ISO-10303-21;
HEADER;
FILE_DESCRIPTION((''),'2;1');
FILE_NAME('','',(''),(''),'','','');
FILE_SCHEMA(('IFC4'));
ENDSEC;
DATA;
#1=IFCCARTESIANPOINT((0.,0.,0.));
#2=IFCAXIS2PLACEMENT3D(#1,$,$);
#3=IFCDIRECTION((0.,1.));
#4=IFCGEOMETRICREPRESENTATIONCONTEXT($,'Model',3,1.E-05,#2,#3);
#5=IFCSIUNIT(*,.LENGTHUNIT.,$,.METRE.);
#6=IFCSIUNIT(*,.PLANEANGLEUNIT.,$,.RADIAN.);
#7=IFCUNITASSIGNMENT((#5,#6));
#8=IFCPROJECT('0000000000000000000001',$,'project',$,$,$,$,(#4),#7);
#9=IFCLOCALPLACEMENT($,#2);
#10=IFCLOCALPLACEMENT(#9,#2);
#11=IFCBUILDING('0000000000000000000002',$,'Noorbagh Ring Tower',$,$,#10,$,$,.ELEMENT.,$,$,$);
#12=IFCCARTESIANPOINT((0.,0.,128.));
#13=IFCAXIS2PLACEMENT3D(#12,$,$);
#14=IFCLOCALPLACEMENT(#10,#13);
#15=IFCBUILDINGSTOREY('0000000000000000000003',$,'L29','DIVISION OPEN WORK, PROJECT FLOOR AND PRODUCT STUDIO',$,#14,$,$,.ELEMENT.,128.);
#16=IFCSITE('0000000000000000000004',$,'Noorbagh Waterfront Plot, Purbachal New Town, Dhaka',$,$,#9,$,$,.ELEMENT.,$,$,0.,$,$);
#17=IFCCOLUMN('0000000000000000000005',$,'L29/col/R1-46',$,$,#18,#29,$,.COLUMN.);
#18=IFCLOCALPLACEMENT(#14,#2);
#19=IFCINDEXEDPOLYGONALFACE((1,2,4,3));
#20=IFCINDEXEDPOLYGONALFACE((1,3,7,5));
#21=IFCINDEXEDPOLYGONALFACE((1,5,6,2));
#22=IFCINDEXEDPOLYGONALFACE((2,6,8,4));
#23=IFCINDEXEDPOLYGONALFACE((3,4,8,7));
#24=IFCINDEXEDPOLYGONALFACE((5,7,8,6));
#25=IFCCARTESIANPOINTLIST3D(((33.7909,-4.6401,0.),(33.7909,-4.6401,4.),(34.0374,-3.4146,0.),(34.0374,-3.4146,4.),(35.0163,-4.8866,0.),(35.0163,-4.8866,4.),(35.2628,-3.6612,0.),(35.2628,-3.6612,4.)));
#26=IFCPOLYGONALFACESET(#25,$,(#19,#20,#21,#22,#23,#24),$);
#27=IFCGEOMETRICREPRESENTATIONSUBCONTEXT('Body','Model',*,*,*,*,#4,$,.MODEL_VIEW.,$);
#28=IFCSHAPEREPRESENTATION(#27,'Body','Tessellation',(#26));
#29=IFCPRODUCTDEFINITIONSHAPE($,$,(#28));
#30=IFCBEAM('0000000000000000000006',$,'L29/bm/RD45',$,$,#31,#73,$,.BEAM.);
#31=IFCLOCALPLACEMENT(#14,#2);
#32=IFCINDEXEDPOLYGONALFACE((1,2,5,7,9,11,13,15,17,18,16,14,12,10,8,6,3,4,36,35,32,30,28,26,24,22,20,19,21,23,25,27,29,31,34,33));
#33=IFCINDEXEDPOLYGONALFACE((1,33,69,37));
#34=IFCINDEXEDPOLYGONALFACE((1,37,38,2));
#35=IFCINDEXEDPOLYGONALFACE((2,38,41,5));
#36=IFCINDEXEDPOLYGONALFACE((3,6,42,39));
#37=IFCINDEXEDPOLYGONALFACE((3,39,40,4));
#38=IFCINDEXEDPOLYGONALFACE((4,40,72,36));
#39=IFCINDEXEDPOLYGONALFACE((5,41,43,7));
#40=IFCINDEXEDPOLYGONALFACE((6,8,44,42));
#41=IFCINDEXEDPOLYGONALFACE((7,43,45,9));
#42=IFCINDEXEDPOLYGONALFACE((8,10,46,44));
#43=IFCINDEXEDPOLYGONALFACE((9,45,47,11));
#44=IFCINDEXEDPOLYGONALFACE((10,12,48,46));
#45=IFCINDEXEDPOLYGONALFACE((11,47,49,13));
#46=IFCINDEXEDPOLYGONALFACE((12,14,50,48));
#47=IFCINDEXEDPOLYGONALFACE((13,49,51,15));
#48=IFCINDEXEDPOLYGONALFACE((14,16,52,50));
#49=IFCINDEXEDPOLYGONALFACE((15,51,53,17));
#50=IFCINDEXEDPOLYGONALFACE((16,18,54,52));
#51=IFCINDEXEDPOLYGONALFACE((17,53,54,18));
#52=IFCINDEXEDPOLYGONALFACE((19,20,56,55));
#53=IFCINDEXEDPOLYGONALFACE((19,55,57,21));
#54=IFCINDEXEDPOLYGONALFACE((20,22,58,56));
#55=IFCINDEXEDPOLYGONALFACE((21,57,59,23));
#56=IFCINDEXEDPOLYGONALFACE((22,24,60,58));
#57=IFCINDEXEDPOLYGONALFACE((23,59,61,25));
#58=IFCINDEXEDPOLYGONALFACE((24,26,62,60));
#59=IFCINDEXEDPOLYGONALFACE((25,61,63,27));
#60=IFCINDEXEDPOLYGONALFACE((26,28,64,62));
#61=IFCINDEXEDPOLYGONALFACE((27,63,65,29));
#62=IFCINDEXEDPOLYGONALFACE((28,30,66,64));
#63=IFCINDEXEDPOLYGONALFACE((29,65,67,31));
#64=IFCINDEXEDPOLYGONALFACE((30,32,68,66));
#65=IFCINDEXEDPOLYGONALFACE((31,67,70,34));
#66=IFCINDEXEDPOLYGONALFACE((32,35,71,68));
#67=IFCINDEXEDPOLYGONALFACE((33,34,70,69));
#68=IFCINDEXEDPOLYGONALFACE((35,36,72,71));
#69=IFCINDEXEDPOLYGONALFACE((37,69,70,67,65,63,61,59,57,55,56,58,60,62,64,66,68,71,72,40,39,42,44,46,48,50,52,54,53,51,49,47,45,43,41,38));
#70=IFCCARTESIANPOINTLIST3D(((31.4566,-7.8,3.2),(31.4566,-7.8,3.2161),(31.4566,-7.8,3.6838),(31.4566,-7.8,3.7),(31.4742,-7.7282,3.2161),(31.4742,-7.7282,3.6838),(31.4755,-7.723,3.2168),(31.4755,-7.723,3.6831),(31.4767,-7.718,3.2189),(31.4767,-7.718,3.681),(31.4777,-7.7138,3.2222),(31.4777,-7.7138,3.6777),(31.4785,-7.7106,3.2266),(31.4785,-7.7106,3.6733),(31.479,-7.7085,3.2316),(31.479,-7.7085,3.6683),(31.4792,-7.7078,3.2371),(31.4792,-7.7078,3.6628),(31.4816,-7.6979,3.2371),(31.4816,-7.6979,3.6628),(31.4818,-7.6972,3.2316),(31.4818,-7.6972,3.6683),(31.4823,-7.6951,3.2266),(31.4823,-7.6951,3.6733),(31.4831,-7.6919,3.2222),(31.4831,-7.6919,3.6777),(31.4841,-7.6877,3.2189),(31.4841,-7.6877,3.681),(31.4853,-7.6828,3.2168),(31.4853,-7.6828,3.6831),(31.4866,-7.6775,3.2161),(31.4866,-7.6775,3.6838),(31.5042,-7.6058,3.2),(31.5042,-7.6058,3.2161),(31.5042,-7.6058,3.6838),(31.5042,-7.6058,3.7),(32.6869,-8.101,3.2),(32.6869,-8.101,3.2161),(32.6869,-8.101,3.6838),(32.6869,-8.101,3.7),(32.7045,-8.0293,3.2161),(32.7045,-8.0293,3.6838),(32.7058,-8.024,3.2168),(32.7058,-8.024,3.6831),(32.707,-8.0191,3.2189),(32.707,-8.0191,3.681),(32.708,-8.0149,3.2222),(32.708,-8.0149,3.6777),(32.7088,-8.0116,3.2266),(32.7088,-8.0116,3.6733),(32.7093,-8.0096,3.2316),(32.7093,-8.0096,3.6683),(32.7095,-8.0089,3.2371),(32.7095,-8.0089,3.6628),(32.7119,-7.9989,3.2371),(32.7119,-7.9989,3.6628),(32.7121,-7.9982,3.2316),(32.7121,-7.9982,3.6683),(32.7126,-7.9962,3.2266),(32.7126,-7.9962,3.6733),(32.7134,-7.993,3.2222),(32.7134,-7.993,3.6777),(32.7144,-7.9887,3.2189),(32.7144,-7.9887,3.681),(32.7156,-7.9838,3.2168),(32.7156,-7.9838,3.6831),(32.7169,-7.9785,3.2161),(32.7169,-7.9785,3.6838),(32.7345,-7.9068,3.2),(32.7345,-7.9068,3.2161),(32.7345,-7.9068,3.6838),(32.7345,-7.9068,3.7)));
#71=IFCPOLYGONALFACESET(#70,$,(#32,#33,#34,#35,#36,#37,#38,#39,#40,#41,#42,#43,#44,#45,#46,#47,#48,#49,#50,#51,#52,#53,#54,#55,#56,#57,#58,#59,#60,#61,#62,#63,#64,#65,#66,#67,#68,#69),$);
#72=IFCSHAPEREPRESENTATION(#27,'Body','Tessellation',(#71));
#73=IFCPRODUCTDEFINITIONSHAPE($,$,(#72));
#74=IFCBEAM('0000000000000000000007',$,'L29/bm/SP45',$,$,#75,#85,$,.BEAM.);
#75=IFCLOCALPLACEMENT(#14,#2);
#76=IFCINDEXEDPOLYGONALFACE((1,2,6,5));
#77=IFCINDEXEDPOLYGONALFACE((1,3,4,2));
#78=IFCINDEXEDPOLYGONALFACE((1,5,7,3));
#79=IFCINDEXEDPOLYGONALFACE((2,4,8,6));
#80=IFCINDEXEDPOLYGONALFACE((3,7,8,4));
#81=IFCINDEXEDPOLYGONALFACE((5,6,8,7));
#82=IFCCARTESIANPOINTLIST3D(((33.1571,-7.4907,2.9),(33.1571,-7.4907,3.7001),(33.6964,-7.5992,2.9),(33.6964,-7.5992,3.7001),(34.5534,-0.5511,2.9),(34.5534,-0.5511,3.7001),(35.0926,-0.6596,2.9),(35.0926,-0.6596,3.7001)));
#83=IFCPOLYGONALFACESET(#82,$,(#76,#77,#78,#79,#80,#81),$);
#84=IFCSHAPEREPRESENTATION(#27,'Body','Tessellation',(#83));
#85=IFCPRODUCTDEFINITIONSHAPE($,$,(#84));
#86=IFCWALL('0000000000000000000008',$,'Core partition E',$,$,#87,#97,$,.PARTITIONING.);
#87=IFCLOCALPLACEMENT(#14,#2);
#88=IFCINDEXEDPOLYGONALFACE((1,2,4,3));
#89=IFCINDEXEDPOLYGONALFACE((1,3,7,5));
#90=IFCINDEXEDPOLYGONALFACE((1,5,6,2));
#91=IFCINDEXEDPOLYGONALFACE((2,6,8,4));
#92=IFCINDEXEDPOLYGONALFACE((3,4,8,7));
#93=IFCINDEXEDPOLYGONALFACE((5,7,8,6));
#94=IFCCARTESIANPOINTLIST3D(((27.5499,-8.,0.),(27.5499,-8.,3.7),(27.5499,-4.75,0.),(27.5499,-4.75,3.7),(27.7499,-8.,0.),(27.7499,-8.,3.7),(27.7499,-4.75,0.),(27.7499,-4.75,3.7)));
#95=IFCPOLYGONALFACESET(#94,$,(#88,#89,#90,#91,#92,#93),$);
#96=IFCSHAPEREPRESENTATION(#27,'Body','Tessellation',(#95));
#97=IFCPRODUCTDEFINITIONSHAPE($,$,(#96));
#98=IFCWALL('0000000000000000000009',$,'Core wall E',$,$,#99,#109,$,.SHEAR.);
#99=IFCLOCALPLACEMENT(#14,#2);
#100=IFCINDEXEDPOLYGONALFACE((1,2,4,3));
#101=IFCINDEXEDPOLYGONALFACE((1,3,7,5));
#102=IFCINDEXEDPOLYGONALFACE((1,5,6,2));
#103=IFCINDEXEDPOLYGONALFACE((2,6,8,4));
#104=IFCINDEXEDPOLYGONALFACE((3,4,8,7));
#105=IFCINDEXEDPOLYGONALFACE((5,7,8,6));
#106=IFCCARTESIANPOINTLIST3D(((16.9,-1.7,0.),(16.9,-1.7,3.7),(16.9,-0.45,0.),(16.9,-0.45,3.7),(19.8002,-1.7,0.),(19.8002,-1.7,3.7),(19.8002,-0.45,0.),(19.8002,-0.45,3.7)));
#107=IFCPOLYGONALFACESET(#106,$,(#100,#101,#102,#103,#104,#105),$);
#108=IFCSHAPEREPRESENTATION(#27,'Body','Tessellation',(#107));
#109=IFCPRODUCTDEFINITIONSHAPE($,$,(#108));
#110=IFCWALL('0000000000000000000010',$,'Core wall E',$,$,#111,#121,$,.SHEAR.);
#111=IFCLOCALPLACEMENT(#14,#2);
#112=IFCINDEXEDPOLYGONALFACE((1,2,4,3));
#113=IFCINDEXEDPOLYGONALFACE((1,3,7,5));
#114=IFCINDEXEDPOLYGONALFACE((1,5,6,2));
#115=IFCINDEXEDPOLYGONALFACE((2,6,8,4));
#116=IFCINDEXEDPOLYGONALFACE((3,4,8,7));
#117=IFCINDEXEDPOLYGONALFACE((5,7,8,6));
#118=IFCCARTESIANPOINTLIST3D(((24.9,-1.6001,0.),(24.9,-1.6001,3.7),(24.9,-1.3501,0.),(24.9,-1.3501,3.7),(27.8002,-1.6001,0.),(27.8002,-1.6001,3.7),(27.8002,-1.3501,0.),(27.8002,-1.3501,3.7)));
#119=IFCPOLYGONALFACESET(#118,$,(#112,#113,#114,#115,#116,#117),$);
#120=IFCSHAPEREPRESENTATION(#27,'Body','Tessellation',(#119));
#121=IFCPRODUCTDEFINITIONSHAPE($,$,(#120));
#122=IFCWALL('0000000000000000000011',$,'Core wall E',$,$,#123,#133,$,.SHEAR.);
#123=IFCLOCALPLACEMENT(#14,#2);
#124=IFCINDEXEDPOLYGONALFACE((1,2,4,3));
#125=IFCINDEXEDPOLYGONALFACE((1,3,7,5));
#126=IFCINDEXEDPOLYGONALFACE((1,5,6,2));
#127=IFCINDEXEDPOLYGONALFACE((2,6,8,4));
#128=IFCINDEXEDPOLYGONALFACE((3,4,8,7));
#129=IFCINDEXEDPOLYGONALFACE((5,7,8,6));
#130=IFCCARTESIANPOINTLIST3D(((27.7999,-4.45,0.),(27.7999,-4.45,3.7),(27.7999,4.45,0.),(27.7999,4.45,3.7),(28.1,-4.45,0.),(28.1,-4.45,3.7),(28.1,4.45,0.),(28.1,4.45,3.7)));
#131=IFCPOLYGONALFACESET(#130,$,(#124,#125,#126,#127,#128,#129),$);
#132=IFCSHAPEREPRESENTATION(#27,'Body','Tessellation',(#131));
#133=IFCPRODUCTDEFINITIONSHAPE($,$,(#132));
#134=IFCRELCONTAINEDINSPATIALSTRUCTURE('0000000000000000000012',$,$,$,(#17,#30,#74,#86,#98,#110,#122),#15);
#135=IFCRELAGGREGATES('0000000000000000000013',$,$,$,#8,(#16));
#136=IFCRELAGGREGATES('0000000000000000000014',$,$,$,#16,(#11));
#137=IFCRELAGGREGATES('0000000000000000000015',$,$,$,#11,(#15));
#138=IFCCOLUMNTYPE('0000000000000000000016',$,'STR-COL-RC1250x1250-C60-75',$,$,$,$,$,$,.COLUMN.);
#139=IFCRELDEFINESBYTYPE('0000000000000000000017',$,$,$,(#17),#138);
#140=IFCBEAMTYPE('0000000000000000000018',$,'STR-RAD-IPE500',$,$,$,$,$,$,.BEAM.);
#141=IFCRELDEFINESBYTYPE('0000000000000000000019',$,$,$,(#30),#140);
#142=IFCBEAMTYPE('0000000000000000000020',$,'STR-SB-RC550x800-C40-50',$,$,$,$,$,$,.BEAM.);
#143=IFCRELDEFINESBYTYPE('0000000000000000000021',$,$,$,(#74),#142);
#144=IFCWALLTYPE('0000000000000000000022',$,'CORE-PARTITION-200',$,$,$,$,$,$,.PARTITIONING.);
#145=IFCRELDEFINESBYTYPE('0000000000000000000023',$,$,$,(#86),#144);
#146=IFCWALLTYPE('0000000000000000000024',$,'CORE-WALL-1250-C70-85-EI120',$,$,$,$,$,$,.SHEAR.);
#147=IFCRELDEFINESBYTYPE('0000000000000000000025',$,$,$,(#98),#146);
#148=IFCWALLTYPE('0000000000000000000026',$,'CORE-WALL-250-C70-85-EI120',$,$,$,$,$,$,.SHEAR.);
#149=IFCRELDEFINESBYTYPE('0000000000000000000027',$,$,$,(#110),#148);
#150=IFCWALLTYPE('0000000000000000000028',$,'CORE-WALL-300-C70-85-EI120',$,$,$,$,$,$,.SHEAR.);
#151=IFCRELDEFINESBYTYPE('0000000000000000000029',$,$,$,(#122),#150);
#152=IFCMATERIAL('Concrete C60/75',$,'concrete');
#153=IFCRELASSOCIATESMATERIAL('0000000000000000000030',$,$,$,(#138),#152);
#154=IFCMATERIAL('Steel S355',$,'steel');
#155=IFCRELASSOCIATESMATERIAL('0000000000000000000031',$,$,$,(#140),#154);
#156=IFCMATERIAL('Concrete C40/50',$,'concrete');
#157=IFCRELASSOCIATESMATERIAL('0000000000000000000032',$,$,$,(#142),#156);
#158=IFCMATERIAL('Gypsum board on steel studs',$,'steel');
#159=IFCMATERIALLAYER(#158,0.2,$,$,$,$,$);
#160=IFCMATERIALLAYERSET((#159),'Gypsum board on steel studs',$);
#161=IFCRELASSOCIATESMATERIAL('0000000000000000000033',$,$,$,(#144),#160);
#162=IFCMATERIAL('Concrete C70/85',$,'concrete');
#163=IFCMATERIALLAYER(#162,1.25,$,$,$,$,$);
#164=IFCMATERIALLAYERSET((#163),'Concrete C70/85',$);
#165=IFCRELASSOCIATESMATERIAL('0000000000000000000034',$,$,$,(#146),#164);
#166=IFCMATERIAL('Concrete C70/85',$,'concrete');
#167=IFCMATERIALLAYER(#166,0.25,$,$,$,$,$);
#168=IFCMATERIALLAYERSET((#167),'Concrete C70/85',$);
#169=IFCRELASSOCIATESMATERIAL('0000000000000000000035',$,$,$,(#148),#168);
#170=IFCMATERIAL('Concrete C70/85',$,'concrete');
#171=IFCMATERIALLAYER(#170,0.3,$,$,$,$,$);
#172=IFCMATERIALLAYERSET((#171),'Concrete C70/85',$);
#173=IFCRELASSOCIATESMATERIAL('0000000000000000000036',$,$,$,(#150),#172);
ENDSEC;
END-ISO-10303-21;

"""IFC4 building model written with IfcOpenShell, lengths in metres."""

from ifc_helpers import new_model, si_unit, direction, frame, frame_2d, origin, origin_2d, place, context, subcontext, project, spatial, rectangle, i_section, extrude, material, layer, layer_set, material_profile, profile_set, type_object, element, save


model = new_model("IFC4")

# Units and contexts
model_context = context("Model", 3, precision=1e-05, world=origin(), true_north=direction((0.0, 1.0)))
body_context = subcontext(model_context, "Body", "Model", "MODEL_VIEW")
ifc_project = project(units=[si_unit("LENGTHUNIT", "METRE"), si_unit("PLANEANGLEUNIT", "RADIAN")], contexts=[model_context])

# Site, building, storey
site_placement = place(None, origin())
site = spatial("IfcSite", under=ifc_project, at=site_placement, Name="Noorbagh Waterfront Plot, Purbachal New Town, Dhaka", CompositionType="ELEMENT", RefElevation=0.0)
building_placement = place(site_placement, origin())
building = spatial("IfcBuilding", under=site, at=building_placement, Name="Noorbagh Ring Tower", CompositionType="ELEMENT")
storey_placement = place(building_placement, frame((0.0, 0.0, 128.0)))
storey = spatial("IfcBuildingStorey", under=building, at=storey_placement, Name="L29", Description="DIVISION OPEN WORK, PROJECT FLOOR AND PRODUCT STUDIO", CompositionType="ELEMENT", Elevation=128.0)

# Column
ifc_material_1 = material(Name="Concrete C60/75", Category="concrete")
ifc_material_profile_1 = material_profile(ifc_material_1, rectangle(XDim=1.25, YDim=1.25, at=origin_2d()), Name="RC1250x1250")
ifc_profile_set_1 = profile_set([ifc_material_profile_1], Name="Concrete C60/75")
column_type = type_object("IfcColumnType", Name="STR-COL-RC1250x1250-C60-75", PredefinedType="COLUMN", material=ifc_profile_set_1)
column_placement = place(storey_placement, frame((34.5269, -4.1506, 0.0), z_axis=(0.0, 0.0, 1.0), x_axis=(0.19723, 0.980357, 0.0)))
element("IfcColumn", 1, at=column_placement, inside=storey, type_object=column_type, Name="L29/col/R1-46", PredefinedType="COLUMN", context=body_context, shape_type="SweptSolid", body=[
    extrude(rectangle(XDim=1.25, YDim=1.25, at=origin_2d()), origin(), (0.0, 0.0, 1.0), 4.0),
])

# Beams
ifc_material_2 = material(Name="Steel S355", Category="steel")
ifc_material_profile_2 = material_profile(ifc_material_2, i_section(OverallWidth=0.2, OverallDepth=0.5, WebThickness=0.0103, FlangeThickness=0.0161, FilletRadius=0.021, at=origin_2d()), Name="IPE500")
ifc_profile_set_2 = profile_set([ifc_material_profile_2], Name="Steel S355")
beam_type_1 = type_object("IfcBeamType", Name="STR-RAD-IPE500", PredefinedType="BEAM", material=ifc_profile_set_2)
beam_1_placement = place(storey_placement, frame((32.7107, -8.0039, 3.45), z_axis=(-0.971344, 0.237679, 0.0), x_axis=(-0.237679, -0.971344, 0.0)))
element("IfcBeam", 2, at=beam_1_placement, inside=storey, type_object=beam_type_1, Name="L29/bm/RD45", PredefinedType="BEAM", context=body_context, shape_type="SweptSolid", body=[
    extrude(i_section(OverallWidth=0.2, OverallDepth=0.5, WebThickness=0.0103, FlangeThickness=0.0161, FilletRadius=0.021, at=origin_2d()), origin(), (0.0, 0.0, 1.0), 1.2666),
])
ifc_material_3 = material(Name="Concrete C40/50", Category="concrete")
ifc_material_profile_3 = material_profile(ifc_material_3, rectangle(XDim=0.55, YDim=0.8, at=origin_2d()), Name="RC550x800")
ifc_profile_set_3 = profile_set([ifc_material_profile_3], Name="Concrete C40/50")
beam_type_2 = type_object("IfcBeamType", Name="STR-SB-RC550x800-C40-50", PredefinedType="BEAM", material=ifc_profile_set_3)
beam_2_placement = place(storey_placement, frame((33.4268, -7.5449, 3.3), z_axis=(0.19725, 0.980353, 0.0), x_axis=(-0.980353, 0.19725, 0.0)))
element("IfcBeam", 3, at=beam_2_placement, inside=storey, type_object=beam_type_2, Name="L29/bm/SP45", PredefinedType="BEAM", context=body_context, shape_type="SweptSolid", body=[
    extrude(rectangle(XDim=0.55, YDim=0.8, at=origin_2d()), origin(), (0.0, 0.0, 1.0), 7.0786),
])

# Walls
ifc_material_4 = material(Name="Gypsum board on steel studs", Category="steel")
ifc_layer_1 = layer(ifc_material_4, 0.2)
ifc_layer_set_1 = layer_set([ifc_layer_1], Name="Gypsum board on steel studs")
wall_type_1 = type_object("IfcWallType", Name="CORE-PARTITION-200", PredefinedType="PARTITIONING", material=ifc_layer_set_1)
wall_1_placement = place(storey_placement, frame((27.6499, -8.0, 0.0), z_axis=(0.0, 0.0, 1.0), x_axis=(0.0, 1.0, 0.0)))
element("IfcWall", 4, at=wall_1_placement, inside=storey, type_object=wall_type_1, Name="Core partition E", PredefinedType="PARTITIONING", context=body_context, shape_type="SweptSolid", body=[
    extrude(rectangle(XDim=3.25, YDim=0.2, at=frame_2d((1.625, 0.0))), origin(), (0.0, 0.0, 1.0), 3.7),
])
ifc_material_5 = material(Name="Concrete C70/85", Category="concrete")
ifc_layer_2 = layer(ifc_material_5, 1.25)
ifc_layer_set_2 = layer_set([ifc_layer_2], Name="Concrete C70/85")
wall_type_2 = type_object("IfcWallType", Name="CORE-WALL-1250-C70-85-EI120", PredefinedType="SHEAR", material=ifc_layer_set_2)
wall_2_placement = place(storey_placement, frame((16.8999, -1.075, 0.0), z_axis=(0.0, 0.0, 1.0), x_axis=(1.0, 0.0, 0.0)))
element("IfcWall", 5, at=wall_2_placement, inside=storey, type_object=wall_type_2, Name="Core wall E", PredefinedType="SHEAR", context=body_context, shape_type="SweptSolid", body=[
    extrude(rectangle(XDim=2.9001, YDim=1.25, at=frame_2d((1.4502, 0.0))), origin(), (0.0, 0.0, 1.0), 3.7),
])
ifc_material_6 = material(Name="Concrete C70/85", Category="concrete")
ifc_layer_3 = layer(ifc_material_6, 0.25)
ifc_layer_set_3 = layer_set([ifc_layer_3], Name="Concrete C70/85")
wall_type_3 = type_object("IfcWallType", Name="CORE-WALL-250-C70-85-EI120", PredefinedType="SHEAR", material=ifc_layer_set_3)
wall_3_placement = place(storey_placement, frame((24.8999, -1.4751, 0.0), z_axis=(0.0, 0.0, 1.0), x_axis=(1.0, 0.0, 0.0)))
element("IfcWall", 6, at=wall_3_placement, inside=storey, type_object=wall_type_3, Name="Core wall E", PredefinedType="SHEAR", context=body_context, shape_type="SweptSolid", body=[
    extrude(rectangle(XDim=2.9001, YDim=0.25, at=frame_2d((1.4502, 0.0))), origin(), (0.0, 0.0, 1.0), 3.7),
])
ifc_material_7 = material(Name="Concrete C70/85", Category="concrete")
ifc_layer_4 = layer(ifc_material_7, 0.3)
ifc_layer_set_4 = layer_set([ifc_layer_4], Name="Concrete C70/85")
wall_type_4 = type_object("IfcWallType", Name="CORE-WALL-300-C70-85-EI120", PredefinedType="SHEAR", material=ifc_layer_set_4)
wall_4_placement = place(storey_placement, frame((27.95, -4.45, 0.0), z_axis=(0.0, 0.0, 1.0), x_axis=(0.0, 1.0, 0.0)))
element("IfcWall", 7, at=wall_4_placement, inside=storey, type_object=wall_type_4, Name="Core wall E", PredefinedType="SHEAR", context=body_context, shape_type="SweptSolid", body=[
    extrude(rectangle(XDim=8.8999, YDim=0.3, at=frame_2d((4.45, 0.0))), origin(), (0.0, 0.0, 1.0), 3.7),
])

save(model, "model.ifc")
